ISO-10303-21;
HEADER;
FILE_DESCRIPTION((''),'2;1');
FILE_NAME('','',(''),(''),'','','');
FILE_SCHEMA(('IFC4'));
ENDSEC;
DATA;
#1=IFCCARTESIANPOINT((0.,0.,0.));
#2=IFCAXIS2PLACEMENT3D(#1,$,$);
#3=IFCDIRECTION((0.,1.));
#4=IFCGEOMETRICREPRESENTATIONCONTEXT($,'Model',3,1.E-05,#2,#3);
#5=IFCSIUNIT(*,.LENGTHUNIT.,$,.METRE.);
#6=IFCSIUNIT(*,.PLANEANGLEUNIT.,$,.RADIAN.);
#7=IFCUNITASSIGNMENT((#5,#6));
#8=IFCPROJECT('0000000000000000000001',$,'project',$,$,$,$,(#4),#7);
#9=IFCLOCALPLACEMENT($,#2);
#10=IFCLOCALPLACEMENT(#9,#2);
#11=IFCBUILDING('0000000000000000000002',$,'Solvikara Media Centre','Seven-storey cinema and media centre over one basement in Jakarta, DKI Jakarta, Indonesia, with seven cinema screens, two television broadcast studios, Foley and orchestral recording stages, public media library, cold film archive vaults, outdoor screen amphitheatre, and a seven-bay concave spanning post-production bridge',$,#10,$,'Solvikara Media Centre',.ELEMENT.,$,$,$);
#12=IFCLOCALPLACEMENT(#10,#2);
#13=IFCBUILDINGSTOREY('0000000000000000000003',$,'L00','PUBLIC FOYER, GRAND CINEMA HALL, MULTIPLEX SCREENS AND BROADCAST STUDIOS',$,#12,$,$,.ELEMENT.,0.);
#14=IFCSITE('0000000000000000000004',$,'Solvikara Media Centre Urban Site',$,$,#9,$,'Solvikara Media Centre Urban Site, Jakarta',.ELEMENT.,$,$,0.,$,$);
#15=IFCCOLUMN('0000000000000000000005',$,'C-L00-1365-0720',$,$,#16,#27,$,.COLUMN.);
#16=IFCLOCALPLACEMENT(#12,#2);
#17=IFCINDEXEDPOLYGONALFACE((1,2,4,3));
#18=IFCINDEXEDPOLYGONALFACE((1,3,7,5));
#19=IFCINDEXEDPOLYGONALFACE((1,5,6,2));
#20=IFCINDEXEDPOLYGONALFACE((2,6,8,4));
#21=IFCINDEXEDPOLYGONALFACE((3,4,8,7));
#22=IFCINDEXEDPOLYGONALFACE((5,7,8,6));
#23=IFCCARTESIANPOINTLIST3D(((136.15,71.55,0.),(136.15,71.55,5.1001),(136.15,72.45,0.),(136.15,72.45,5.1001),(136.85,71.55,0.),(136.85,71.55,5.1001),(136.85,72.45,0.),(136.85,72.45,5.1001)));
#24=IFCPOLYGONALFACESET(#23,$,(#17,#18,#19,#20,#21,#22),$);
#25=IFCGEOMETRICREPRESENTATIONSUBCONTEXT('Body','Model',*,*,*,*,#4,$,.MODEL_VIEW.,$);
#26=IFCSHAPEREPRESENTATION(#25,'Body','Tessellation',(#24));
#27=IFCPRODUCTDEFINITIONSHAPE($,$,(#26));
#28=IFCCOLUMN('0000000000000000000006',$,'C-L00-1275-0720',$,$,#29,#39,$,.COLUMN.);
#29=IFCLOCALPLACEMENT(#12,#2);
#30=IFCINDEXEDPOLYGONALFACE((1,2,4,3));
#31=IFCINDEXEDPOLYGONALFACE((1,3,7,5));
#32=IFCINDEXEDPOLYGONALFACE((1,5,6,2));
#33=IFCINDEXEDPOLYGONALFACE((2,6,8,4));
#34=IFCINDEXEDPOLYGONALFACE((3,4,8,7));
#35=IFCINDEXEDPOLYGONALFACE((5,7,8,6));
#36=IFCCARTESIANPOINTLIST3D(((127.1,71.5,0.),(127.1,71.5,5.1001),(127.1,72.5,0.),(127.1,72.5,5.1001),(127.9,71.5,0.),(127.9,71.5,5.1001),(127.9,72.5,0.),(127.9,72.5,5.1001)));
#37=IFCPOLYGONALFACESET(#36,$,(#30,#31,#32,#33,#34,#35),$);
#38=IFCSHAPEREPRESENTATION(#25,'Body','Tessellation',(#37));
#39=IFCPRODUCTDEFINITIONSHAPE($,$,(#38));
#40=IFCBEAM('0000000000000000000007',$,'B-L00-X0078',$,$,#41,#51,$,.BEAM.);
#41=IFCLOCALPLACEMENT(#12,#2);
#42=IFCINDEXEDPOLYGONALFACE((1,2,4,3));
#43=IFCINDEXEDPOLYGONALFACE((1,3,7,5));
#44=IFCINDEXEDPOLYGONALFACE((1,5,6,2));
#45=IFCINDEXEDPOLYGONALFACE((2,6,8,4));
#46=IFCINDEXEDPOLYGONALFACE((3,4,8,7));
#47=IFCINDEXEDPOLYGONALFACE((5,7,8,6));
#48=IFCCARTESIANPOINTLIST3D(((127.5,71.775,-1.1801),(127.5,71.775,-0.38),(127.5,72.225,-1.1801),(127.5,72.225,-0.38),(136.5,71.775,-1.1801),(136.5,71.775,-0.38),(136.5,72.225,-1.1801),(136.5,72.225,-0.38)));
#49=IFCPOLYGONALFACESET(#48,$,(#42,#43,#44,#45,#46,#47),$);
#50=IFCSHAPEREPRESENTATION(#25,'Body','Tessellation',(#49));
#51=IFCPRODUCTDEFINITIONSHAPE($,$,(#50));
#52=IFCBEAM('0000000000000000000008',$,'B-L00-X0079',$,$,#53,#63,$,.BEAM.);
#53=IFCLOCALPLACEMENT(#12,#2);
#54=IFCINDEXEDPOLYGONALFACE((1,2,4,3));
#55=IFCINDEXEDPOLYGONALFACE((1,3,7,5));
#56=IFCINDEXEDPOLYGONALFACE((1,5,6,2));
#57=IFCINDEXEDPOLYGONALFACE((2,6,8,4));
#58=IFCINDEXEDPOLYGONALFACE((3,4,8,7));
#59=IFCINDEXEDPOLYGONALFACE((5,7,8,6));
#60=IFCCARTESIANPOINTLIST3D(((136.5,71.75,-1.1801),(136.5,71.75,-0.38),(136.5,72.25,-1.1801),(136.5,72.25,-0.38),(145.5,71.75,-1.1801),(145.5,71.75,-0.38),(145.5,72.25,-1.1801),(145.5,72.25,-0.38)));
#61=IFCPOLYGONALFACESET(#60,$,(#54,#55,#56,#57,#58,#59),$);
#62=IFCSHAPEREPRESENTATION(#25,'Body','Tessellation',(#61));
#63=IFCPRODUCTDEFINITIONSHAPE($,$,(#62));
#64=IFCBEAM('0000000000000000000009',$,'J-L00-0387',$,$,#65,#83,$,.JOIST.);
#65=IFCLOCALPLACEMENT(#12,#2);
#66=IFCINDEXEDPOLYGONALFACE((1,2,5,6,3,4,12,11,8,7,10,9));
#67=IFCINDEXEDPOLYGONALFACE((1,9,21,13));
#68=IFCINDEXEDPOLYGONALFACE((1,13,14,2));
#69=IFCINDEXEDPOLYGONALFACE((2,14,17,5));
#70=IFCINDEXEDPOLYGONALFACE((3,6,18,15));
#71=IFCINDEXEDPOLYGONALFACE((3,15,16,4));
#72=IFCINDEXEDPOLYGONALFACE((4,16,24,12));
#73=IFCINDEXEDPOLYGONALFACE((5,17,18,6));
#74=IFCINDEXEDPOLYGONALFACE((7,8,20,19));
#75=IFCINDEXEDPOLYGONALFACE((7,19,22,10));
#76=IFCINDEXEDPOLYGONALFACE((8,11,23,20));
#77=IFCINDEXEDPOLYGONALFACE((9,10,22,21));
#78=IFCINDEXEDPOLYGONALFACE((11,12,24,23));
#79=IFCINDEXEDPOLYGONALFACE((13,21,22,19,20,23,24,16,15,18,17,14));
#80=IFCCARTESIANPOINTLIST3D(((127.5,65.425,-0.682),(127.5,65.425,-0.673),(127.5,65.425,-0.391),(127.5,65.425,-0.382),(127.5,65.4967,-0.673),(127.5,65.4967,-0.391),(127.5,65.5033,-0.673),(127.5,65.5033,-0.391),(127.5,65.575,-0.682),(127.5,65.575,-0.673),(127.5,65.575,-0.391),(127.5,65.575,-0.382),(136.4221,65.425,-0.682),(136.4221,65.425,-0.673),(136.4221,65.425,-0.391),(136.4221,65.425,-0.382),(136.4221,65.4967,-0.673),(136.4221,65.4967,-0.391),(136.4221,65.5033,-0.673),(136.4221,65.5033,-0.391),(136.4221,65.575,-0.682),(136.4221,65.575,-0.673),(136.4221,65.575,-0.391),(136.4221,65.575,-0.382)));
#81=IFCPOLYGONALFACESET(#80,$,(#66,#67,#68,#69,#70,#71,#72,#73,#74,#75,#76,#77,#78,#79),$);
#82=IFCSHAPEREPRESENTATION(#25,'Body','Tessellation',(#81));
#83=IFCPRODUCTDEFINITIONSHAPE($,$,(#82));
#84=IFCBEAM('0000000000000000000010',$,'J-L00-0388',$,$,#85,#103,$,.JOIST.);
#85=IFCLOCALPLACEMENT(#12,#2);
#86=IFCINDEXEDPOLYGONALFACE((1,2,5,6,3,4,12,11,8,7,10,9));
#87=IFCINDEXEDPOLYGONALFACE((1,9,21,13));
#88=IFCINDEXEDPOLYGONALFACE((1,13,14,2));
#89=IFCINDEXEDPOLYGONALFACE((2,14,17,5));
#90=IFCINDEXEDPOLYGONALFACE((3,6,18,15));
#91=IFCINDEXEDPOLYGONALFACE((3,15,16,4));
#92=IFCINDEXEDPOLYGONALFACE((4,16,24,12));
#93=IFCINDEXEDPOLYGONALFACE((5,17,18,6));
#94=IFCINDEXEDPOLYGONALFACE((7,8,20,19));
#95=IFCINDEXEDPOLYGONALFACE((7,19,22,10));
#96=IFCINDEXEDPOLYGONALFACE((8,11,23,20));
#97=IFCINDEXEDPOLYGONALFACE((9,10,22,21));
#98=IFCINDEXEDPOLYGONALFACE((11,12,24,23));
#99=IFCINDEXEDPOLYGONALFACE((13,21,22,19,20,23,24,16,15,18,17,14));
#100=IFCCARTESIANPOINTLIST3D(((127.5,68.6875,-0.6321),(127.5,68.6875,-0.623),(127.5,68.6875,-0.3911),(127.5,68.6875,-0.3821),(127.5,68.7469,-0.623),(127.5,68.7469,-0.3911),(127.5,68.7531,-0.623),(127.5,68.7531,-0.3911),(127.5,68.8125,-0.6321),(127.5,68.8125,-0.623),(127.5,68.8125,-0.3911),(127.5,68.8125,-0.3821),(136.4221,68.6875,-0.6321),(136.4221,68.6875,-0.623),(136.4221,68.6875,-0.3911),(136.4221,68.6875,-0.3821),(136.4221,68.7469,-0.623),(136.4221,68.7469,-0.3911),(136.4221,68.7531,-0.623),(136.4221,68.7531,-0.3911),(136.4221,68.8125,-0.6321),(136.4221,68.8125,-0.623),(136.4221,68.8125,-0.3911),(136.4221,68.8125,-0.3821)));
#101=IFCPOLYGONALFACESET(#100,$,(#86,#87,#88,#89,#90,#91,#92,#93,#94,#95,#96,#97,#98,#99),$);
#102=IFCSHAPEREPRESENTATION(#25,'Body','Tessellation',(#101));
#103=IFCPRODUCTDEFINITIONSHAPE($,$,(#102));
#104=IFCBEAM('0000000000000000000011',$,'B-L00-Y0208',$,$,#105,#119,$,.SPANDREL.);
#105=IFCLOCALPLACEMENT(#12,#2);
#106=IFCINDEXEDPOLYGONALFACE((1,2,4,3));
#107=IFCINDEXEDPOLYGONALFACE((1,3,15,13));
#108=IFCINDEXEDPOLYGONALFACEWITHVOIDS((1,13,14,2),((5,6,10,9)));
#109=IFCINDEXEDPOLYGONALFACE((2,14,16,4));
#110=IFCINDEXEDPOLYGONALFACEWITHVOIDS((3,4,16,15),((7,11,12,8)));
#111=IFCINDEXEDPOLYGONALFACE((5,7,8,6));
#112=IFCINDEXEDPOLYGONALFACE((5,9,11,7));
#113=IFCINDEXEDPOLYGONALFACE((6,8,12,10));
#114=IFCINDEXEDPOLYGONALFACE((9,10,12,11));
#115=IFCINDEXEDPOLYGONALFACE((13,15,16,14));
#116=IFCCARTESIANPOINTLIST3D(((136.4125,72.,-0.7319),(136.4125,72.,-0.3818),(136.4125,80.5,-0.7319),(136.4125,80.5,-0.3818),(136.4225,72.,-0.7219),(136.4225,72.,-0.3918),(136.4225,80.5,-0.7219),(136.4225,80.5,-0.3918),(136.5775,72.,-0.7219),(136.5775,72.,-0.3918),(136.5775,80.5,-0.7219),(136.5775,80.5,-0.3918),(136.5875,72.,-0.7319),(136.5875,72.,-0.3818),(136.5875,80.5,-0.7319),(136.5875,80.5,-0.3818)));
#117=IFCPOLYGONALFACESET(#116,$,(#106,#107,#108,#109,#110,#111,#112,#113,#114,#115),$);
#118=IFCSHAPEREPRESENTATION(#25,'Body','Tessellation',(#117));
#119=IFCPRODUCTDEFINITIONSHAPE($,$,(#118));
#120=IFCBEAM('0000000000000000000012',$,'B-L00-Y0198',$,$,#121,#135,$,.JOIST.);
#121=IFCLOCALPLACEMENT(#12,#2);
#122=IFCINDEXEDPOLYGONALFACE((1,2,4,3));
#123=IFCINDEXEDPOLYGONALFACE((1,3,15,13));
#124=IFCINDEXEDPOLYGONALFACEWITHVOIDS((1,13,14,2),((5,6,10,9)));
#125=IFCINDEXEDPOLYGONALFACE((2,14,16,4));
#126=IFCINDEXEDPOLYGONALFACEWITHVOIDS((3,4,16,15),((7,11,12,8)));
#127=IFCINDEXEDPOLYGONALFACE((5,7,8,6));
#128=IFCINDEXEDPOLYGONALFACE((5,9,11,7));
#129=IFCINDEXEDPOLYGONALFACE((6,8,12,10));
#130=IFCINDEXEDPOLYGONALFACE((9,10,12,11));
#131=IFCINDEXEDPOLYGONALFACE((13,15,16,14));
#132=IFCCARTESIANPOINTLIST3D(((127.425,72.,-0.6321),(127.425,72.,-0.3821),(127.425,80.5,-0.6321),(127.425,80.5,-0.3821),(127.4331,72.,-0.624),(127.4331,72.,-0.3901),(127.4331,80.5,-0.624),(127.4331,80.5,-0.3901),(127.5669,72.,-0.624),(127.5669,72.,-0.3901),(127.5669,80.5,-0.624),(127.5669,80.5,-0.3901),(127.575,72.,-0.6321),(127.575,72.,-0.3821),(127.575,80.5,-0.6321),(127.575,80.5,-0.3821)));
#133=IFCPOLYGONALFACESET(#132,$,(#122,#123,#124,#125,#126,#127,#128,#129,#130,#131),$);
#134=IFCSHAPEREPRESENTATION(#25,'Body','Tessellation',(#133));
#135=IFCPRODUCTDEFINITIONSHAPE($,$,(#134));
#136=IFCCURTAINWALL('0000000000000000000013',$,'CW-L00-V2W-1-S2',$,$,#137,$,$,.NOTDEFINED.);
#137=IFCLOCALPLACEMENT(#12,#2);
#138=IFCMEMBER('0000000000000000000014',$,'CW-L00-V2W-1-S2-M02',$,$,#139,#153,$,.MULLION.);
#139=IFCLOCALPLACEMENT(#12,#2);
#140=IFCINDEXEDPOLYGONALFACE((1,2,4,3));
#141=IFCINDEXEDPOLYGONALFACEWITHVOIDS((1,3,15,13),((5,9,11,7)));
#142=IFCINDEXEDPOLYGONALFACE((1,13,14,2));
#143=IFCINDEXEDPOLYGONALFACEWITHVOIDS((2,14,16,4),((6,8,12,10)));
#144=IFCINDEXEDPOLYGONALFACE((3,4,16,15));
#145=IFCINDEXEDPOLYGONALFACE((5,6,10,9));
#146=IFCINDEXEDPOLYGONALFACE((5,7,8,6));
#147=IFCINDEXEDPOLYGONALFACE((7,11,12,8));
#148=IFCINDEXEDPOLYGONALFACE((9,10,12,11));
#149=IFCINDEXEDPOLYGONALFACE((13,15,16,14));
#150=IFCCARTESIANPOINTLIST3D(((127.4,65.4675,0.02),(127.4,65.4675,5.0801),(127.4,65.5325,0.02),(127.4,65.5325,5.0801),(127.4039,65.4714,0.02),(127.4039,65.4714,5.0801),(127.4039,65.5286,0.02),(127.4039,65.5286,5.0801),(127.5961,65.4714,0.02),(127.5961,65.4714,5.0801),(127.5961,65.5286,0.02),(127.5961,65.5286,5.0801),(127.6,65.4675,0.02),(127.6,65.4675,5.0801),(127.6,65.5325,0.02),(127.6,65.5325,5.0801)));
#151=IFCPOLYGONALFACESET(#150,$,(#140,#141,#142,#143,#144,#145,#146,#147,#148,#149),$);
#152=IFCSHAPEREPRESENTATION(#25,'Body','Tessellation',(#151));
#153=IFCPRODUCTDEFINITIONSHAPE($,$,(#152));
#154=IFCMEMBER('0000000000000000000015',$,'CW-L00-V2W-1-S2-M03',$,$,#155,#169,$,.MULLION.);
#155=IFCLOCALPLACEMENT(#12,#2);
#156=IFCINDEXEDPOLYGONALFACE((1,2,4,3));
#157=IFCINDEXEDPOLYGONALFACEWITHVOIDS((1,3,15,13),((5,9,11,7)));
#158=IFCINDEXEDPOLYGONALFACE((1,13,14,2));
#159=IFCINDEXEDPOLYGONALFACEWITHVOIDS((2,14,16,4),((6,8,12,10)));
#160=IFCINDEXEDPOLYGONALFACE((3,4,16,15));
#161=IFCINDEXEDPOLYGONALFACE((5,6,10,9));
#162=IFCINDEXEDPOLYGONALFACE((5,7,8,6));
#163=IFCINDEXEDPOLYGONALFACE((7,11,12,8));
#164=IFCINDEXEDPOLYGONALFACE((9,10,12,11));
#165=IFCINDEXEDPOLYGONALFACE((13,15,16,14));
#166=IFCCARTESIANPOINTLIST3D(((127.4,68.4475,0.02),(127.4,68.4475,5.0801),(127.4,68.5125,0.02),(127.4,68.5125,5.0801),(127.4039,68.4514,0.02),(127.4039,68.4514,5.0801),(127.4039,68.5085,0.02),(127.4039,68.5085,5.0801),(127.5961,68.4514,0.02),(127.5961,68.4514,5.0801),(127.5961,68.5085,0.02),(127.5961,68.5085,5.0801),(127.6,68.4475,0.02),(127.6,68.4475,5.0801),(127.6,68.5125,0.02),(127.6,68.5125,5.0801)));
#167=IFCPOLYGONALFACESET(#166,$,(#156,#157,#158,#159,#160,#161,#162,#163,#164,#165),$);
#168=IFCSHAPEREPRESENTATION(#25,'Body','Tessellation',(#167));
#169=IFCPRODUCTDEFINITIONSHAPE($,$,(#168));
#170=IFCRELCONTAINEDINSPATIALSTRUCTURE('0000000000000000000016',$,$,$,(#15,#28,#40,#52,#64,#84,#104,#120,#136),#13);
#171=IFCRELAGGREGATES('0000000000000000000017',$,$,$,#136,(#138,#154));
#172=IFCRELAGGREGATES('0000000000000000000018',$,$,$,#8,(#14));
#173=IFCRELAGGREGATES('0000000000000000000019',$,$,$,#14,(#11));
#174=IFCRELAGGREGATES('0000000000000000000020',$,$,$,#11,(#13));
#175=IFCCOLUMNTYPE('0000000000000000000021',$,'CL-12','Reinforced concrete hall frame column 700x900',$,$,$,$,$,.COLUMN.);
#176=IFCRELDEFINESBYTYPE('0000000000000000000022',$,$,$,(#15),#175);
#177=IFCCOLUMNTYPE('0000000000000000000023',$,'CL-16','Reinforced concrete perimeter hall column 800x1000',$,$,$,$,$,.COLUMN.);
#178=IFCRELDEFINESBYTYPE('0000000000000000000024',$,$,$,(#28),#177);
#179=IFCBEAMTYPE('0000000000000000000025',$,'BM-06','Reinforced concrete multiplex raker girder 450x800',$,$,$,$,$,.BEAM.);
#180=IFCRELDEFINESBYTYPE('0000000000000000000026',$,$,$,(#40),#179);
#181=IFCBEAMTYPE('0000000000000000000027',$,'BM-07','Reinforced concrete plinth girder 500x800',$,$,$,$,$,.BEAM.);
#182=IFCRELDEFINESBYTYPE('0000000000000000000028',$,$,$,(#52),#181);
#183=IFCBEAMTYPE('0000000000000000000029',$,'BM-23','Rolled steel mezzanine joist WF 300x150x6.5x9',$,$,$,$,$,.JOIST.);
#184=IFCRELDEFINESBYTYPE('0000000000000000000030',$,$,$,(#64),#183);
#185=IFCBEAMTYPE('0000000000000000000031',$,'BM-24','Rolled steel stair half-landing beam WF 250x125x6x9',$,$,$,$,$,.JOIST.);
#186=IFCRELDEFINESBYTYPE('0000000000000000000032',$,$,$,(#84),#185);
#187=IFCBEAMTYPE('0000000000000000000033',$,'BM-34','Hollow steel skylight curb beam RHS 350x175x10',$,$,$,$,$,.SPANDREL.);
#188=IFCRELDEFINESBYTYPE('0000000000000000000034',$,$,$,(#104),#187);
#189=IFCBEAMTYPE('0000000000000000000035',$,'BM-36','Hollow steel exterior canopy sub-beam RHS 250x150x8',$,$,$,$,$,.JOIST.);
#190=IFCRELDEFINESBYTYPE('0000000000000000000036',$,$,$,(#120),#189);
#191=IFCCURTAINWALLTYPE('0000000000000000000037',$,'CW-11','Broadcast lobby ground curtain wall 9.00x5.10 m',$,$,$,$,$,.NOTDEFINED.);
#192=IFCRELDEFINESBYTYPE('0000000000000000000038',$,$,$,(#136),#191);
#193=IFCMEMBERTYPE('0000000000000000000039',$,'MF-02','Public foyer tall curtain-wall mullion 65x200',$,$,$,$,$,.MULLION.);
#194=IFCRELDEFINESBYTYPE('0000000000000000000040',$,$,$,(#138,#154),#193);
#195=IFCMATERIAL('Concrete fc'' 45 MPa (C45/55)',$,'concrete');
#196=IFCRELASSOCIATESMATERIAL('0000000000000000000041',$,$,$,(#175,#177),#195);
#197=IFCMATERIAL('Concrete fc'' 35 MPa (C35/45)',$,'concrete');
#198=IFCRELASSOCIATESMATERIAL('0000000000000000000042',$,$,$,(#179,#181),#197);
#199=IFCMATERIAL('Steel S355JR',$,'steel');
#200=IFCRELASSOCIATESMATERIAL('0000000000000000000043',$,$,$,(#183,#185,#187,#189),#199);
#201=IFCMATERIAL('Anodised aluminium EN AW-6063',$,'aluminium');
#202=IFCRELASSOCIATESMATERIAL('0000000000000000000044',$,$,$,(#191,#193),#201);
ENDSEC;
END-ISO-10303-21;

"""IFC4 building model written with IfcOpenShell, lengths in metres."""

from ifc_helpers import new_model, si_unit, direction, frame, origin, origin_2d, place, context, subcontext, project, spatial, rectangle, hollow_rectangle, i_section, extrude, material, material_profile, profile_set, type_object, element, aggregate, save


model = new_model("IFC4")

# Units and contexts
model_context = context("Model", 3, precision=1e-05, world=origin(), true_north=direction((0.0, 1.0)))
body_context = subcontext(model_context, "Body", "Model", "MODEL_VIEW")
ifc_project = project(units=[si_unit("LENGTHUNIT", "METRE"), si_unit("PLANEANGLEUNIT", "RADIAN")], contexts=[model_context])

# Site, building, storey
site_placement = place(None, origin())
site = spatial("IfcSite", under=ifc_project, at=site_placement, Name="Solvikara Media Centre Urban Site", LongName="Solvikara Media Centre Urban Site, Jakarta", CompositionType="ELEMENT", RefElevation=0.0)
building_placement = place(site_placement, origin())
building = spatial("IfcBuilding", under=site, at=building_placement, Name="Solvikara Media Centre", Description="Seven-storey cinema and media centre over one basement in Jakarta, DKI Jakarta, Indonesia, with seven cinema screens, two television broadcast studios, Foley and orchestral recording stages, public media library, cold film archive vaults, outdoor screen amphitheatre, and a seven-bay concave spanning post-production bridge", LongName="Solvikara Media Centre", CompositionType="ELEMENT")
storey_placement = place(building_placement, origin())
storey = spatial("IfcBuildingStorey", under=building, at=storey_placement, Name="L00", Description="PUBLIC FOYER, GRAND CINEMA HALL, MULTIPLEX SCREENS AND BROADCAST STUDIOS", CompositionType="ELEMENT", Elevation=0.0)

# Columns
ifc_material_1 = material(Name="Concrete fc' 45 MPa (C45/55)", Category="concrete")
ifc_material_profile_1 = material_profile(ifc_material_1, rectangle(XDim=0.7, YDim=0.8999, at=origin_2d()), Name="RC 700x900")
ifc_profile_set_1 = profile_set([ifc_material_profile_1], Name="Concrete fc' 45 MPa (C45/55)")
column_type_1 = type_object("IfcColumnType", Name="CL-12", Description="Reinforced concrete hall frame column 700x900", PredefinedType="COLUMN", material=ifc_profile_set_1)
column_1_placement = place(storey_placement, frame((136.5, 72.0, 0.0), z_axis=(0.0, 0.0, 1.0), x_axis=(1.0, 0.0, 0.0)))
element("IfcColumn", 1, at=column_1_placement, inside=storey, type_object=column_type_1, Name="C-L00-1365-0720", PredefinedType="COLUMN", context=body_context, shape_type="SweptSolid", body=[
    extrude(rectangle(XDim=0.7, YDim=0.8999, at=origin_2d()), origin(), (0.0, 0.0, 1.0), 5.1001),
])
ifc_material_profile_2 = material_profile(ifc_material_1, rectangle(XDim=0.8, YDim=1.0, at=origin_2d()), Name="RC 800x1000")
ifc_profile_set_2 = profile_set([ifc_material_profile_2], Name="Concrete fc' 45 MPa (C45/55)")
column_type_2 = type_object("IfcColumnType", Name="CL-16", Description="Reinforced concrete perimeter hall column 800x1000", PredefinedType="COLUMN", material=ifc_profile_set_2)
column_2_placement = place(storey_placement, frame((127.5, 72.0, 0.0), z_axis=(0.0, 0.0, 1.0), x_axis=(1.0, 0.0, 0.0)))
element("IfcColumn", 2, at=column_2_placement, inside=storey, type_object=column_type_2, Name="C-L00-1275-0720", PredefinedType="COLUMN", context=body_context, shape_type="SweptSolid", body=[
    extrude(rectangle(XDim=0.8, YDim=1.0, at=origin_2d()), origin(), (0.0, 0.0, 1.0), 5.1001),
])

# Beams
ifc_material_2 = material(Name="Concrete fc' 35 MPa (C35/45)", Category="concrete")
ifc_material_profile_3 = material_profile(ifc_material_2, rectangle(XDim=0.45, YDim=0.8, at=origin_2d()), Name="RC 450x800")
ifc_profile_set_3 = profile_set([ifc_material_profile_3], Name="Concrete fc' 35 MPa (C35/45)")
beam_type_1 = type_object("IfcBeamType", Name="BM-06", Description="Reinforced concrete multiplex raker girder 450x800", PredefinedType="BEAM", material=ifc_profile_set_3)
beam_1_placement = place(storey_placement, frame((127.5, 72.0, -0.78), z_axis=(1.0, 0.0, 0.0), x_axis=(0.0, 1.0, 0.0)))
element("IfcBeam", 3, at=beam_1_placement, inside=storey, type_object=beam_type_1, Name="B-L00-X0078", PredefinedType="BEAM", context=body_context, shape_type="SweptSolid", body=[
    extrude(rectangle(XDim=0.45, YDim=0.8, at=origin_2d()), origin(), (0.0, 0.0, 1.0), 9.0),
])
ifc_material_profile_4 = material_profile(ifc_material_2, rectangle(XDim=0.5, YDim=0.8, at=origin_2d()), Name="RC 500x800")
ifc_profile_set_4 = profile_set([ifc_material_profile_4], Name="Concrete fc' 35 MPa (C35/45)")
beam_type_2 = type_object("IfcBeamType", Name="BM-07", Description="Reinforced concrete plinth girder 500x800", PredefinedType="BEAM", material=ifc_profile_set_4)
beam_2_placement = place(storey_placement, frame((136.5, 72.0, -0.78), z_axis=(1.0, 0.0, 0.0), x_axis=(0.0, 1.0, 0.0)))
element("IfcBeam", 4, at=beam_2_placement, inside=storey, type_object=beam_type_2, Name="B-L00-X0079", PredefinedType="BEAM", context=body_context, shape_type="SweptSolid", body=[
    extrude(rectangle(XDim=0.5, YDim=0.8, at=origin_2d()), origin(), (0.0, 0.0, 1.0), 9.0),
])
ifc_material_3 = material(Name="Steel S355JR", Category="steel")
ifc_material_profile_5 = material_profile(ifc_material_3, i_section(OverallWidth=0.1499, OverallDepth=0.3, WebThickness=0.0066, FlangeThickness=0.009, at=origin_2d()), Name="WF 300x150x6.5x9")
ifc_profile_set_5 = profile_set([ifc_material_profile_5], Name="Steel S355JR")
beam_type_3 = type_object("IfcBeamType", Name="BM-23", Description="Rolled steel mezzanine joist WF 300x150x6.5x9", PredefinedType="JOIST", material=ifc_profile_set_5)
beam_3_placement = place(storey_placement, frame((127.5, 65.5, -0.532), z_axis=(1.0, 0.0, 0.0), x_axis=(0.0, 1.0, 0.0)))
element("IfcBeam", 5, at=beam_3_placement, inside=storey, type_object=beam_type_3, Name="J-L00-0387", PredefinedType="JOIST", context=body_context, shape_type="SweptSolid", body=[
    extrude(i_section(OverallWidth=0.1499, OverallDepth=0.3, WebThickness=0.0066, FlangeThickness=0.009, at=origin_2d()), origin(), (0.0, 0.0, 1.0), 8.9221),
])
ifc_material_profile_6 = material_profile(ifc_material_3, i_section(OverallWidth=0.125, OverallDepth=0.25, WebThickness=0.0061, FlangeThickness=0.009, at=origin_2d()), Name="WF 250x125x6x9")
ifc_profile_set_6 = profile_set([ifc_material_profile_6], Name="Steel S355JR")
beam_type_4 = type_object("IfcBeamType", Name="BM-24", Description="Rolled steel stair half-landing beam WF 250x125x6x9", PredefinedType="JOIST", material=ifc_profile_set_6)
beam_4_placement = place(storey_placement, frame((127.5, 68.75, -0.5071), z_axis=(1.0, 0.0, 0.0), x_axis=(0.0, 1.0, 0.0)))
element("IfcBeam", 6, at=beam_4_placement, inside=storey, type_object=beam_type_4, Name="J-L00-0388", PredefinedType="JOIST", context=body_context, shape_type="SweptSolid", body=[
    extrude(i_section(OverallWidth=0.125, OverallDepth=0.25, WebThickness=0.0061, FlangeThickness=0.009, at=origin_2d()), origin(), (0.0, 0.0, 1.0), 8.9221),
])
ifc_material_profile_7 = material_profile(ifc_material_3, hollow_rectangle(XDim=0.175, YDim=0.3501, WallThickness=0.01, at=origin_2d()), Name="RHS 350x175x10")
ifc_profile_set_7 = profile_set([ifc_material_profile_7], Name="Steel S355JR")
beam_type_5 = type_object("IfcBeamType", Name="BM-34", Description="Hollow steel skylight curb beam RHS 350x175x10", PredefinedType="SPANDREL", material=ifc_profile_set_7)
beam_5_placement = place(storey_placement, frame((136.5, 72.0, -0.5569), z_axis=(0.0, 1.0, 0.0), x_axis=(-1.0, 0.0, 0.0)))
element("IfcBeam", 7, at=beam_5_placement, inside=storey, type_object=beam_type_5, Name="B-L00-Y0208", PredefinedType="SPANDREL", context=body_context, shape_type="SweptSolid", body=[
    extrude(hollow_rectangle(XDim=0.175, YDim=0.3501, WallThickness=0.01, at=origin_2d()), origin(), (0.0, 0.0, 1.0), 8.5),
])
ifc_material_profile_8 = material_profile(ifc_material_3, hollow_rectangle(XDim=0.1499, YDim=0.25, WallThickness=0.0081, at=origin_2d()), Name="RHS 250x150x8")
ifc_profile_set_8 = profile_set([ifc_material_profile_8], Name="Steel S355JR")
beam_type_6 = type_object("IfcBeamType", Name="BM-36", Description="Hollow steel exterior canopy sub-beam RHS 250x150x8", PredefinedType="JOIST", material=ifc_profile_set_8)
beam_6_placement = place(storey_placement, frame((127.5, 72.0, -0.5071), z_axis=(0.0, 1.0, 0.0), x_axis=(-1.0, 0.0, 0.0)))
element("IfcBeam", 8, at=beam_6_placement, inside=storey, type_object=beam_type_6, Name="B-L00-Y0198", PredefinedType="JOIST", context=body_context, shape_type="SweptSolid", body=[
    extrude(hollow_rectangle(XDim=0.1499, YDim=0.25, WallThickness=0.0081, at=origin_2d()), origin(), (0.0, 0.0, 1.0), 8.5),
])

# Curtain wall, members
ifc_material_4 = material(Name="Anodised aluminium EN AW-6063", Category="aluminium")
curtain_wall_type_1 = type_object("IfcCurtainWallType", Name="CW-11", Description="Broadcast lobby ground curtain wall 9.00x5.10 m", PredefinedType="NOTDEFINED", material=ifc_material_4)
curtain_wall_1_placement = place(storey_placement, origin())
curtain_wall_1 = element("IfcCurtainWall", 9, at=curtain_wall_1_placement, inside=storey, type_object=curtain_wall_type_1, Name="CW-L00-V2W-1-S2", PredefinedType="NOTDEFINED")
ifc_material_profile_9 = material_profile(ifc_material_4, hollow_rectangle(XDim=0.0649, YDim=0.2, WallThickness=0.0039, at=origin_2d()), Name="ALU-M 65x200x4")
ifc_profile_set_9 = profile_set([ifc_material_profile_9], Name="Anodised aluminium EN AW-6063")
member_type_1 = type_object("IfcMemberType", Name="MF-02", Description="Public foyer tall curtain-wall mullion 65x200", PredefinedType="MULLION", material=ifc_profile_set_9)
member_1_placement = place(storey_placement, frame((127.5, 65.5, 0.02), z_axis=(0.0, 0.0, 1.0), x_axis=(0.0, 1.0, 0.0)))
member_1 = element("IfcMember", 10, at=member_1_placement, type_object=member_type_1, Name="CW-L00-V2W-1-S2-M02", PredefinedType="MULLION", context=body_context, shape_type="SweptSolid", body=[
    extrude(hollow_rectangle(XDim=0.0649, YDim=0.2, WallThickness=0.0039, at=origin_2d()), origin(), (0.0, 0.0, 1.0), 5.0601),
])
member_2_placement = place(storey_placement, frame((127.5, 68.48, 0.02), z_axis=(0.0, 0.0, 1.0), x_axis=(0.0, 1.0, 0.0)))
member_2 = element("IfcMember", 11, at=member_2_placement, type_object=member_type_1, Name="CW-L00-V2W-1-S2-M03", PredefinedType="MULLION", context=body_context, shape_type="SweptSolid", body=[
    extrude(hollow_rectangle(XDim=0.0649, YDim=0.2, WallThickness=0.0039, at=origin_2d()), origin(), (0.0, 0.0, 1.0), 5.0601),
])

aggregate(curtain_wall_1, [member_1, member_2])

save(model, "model.ifc")
